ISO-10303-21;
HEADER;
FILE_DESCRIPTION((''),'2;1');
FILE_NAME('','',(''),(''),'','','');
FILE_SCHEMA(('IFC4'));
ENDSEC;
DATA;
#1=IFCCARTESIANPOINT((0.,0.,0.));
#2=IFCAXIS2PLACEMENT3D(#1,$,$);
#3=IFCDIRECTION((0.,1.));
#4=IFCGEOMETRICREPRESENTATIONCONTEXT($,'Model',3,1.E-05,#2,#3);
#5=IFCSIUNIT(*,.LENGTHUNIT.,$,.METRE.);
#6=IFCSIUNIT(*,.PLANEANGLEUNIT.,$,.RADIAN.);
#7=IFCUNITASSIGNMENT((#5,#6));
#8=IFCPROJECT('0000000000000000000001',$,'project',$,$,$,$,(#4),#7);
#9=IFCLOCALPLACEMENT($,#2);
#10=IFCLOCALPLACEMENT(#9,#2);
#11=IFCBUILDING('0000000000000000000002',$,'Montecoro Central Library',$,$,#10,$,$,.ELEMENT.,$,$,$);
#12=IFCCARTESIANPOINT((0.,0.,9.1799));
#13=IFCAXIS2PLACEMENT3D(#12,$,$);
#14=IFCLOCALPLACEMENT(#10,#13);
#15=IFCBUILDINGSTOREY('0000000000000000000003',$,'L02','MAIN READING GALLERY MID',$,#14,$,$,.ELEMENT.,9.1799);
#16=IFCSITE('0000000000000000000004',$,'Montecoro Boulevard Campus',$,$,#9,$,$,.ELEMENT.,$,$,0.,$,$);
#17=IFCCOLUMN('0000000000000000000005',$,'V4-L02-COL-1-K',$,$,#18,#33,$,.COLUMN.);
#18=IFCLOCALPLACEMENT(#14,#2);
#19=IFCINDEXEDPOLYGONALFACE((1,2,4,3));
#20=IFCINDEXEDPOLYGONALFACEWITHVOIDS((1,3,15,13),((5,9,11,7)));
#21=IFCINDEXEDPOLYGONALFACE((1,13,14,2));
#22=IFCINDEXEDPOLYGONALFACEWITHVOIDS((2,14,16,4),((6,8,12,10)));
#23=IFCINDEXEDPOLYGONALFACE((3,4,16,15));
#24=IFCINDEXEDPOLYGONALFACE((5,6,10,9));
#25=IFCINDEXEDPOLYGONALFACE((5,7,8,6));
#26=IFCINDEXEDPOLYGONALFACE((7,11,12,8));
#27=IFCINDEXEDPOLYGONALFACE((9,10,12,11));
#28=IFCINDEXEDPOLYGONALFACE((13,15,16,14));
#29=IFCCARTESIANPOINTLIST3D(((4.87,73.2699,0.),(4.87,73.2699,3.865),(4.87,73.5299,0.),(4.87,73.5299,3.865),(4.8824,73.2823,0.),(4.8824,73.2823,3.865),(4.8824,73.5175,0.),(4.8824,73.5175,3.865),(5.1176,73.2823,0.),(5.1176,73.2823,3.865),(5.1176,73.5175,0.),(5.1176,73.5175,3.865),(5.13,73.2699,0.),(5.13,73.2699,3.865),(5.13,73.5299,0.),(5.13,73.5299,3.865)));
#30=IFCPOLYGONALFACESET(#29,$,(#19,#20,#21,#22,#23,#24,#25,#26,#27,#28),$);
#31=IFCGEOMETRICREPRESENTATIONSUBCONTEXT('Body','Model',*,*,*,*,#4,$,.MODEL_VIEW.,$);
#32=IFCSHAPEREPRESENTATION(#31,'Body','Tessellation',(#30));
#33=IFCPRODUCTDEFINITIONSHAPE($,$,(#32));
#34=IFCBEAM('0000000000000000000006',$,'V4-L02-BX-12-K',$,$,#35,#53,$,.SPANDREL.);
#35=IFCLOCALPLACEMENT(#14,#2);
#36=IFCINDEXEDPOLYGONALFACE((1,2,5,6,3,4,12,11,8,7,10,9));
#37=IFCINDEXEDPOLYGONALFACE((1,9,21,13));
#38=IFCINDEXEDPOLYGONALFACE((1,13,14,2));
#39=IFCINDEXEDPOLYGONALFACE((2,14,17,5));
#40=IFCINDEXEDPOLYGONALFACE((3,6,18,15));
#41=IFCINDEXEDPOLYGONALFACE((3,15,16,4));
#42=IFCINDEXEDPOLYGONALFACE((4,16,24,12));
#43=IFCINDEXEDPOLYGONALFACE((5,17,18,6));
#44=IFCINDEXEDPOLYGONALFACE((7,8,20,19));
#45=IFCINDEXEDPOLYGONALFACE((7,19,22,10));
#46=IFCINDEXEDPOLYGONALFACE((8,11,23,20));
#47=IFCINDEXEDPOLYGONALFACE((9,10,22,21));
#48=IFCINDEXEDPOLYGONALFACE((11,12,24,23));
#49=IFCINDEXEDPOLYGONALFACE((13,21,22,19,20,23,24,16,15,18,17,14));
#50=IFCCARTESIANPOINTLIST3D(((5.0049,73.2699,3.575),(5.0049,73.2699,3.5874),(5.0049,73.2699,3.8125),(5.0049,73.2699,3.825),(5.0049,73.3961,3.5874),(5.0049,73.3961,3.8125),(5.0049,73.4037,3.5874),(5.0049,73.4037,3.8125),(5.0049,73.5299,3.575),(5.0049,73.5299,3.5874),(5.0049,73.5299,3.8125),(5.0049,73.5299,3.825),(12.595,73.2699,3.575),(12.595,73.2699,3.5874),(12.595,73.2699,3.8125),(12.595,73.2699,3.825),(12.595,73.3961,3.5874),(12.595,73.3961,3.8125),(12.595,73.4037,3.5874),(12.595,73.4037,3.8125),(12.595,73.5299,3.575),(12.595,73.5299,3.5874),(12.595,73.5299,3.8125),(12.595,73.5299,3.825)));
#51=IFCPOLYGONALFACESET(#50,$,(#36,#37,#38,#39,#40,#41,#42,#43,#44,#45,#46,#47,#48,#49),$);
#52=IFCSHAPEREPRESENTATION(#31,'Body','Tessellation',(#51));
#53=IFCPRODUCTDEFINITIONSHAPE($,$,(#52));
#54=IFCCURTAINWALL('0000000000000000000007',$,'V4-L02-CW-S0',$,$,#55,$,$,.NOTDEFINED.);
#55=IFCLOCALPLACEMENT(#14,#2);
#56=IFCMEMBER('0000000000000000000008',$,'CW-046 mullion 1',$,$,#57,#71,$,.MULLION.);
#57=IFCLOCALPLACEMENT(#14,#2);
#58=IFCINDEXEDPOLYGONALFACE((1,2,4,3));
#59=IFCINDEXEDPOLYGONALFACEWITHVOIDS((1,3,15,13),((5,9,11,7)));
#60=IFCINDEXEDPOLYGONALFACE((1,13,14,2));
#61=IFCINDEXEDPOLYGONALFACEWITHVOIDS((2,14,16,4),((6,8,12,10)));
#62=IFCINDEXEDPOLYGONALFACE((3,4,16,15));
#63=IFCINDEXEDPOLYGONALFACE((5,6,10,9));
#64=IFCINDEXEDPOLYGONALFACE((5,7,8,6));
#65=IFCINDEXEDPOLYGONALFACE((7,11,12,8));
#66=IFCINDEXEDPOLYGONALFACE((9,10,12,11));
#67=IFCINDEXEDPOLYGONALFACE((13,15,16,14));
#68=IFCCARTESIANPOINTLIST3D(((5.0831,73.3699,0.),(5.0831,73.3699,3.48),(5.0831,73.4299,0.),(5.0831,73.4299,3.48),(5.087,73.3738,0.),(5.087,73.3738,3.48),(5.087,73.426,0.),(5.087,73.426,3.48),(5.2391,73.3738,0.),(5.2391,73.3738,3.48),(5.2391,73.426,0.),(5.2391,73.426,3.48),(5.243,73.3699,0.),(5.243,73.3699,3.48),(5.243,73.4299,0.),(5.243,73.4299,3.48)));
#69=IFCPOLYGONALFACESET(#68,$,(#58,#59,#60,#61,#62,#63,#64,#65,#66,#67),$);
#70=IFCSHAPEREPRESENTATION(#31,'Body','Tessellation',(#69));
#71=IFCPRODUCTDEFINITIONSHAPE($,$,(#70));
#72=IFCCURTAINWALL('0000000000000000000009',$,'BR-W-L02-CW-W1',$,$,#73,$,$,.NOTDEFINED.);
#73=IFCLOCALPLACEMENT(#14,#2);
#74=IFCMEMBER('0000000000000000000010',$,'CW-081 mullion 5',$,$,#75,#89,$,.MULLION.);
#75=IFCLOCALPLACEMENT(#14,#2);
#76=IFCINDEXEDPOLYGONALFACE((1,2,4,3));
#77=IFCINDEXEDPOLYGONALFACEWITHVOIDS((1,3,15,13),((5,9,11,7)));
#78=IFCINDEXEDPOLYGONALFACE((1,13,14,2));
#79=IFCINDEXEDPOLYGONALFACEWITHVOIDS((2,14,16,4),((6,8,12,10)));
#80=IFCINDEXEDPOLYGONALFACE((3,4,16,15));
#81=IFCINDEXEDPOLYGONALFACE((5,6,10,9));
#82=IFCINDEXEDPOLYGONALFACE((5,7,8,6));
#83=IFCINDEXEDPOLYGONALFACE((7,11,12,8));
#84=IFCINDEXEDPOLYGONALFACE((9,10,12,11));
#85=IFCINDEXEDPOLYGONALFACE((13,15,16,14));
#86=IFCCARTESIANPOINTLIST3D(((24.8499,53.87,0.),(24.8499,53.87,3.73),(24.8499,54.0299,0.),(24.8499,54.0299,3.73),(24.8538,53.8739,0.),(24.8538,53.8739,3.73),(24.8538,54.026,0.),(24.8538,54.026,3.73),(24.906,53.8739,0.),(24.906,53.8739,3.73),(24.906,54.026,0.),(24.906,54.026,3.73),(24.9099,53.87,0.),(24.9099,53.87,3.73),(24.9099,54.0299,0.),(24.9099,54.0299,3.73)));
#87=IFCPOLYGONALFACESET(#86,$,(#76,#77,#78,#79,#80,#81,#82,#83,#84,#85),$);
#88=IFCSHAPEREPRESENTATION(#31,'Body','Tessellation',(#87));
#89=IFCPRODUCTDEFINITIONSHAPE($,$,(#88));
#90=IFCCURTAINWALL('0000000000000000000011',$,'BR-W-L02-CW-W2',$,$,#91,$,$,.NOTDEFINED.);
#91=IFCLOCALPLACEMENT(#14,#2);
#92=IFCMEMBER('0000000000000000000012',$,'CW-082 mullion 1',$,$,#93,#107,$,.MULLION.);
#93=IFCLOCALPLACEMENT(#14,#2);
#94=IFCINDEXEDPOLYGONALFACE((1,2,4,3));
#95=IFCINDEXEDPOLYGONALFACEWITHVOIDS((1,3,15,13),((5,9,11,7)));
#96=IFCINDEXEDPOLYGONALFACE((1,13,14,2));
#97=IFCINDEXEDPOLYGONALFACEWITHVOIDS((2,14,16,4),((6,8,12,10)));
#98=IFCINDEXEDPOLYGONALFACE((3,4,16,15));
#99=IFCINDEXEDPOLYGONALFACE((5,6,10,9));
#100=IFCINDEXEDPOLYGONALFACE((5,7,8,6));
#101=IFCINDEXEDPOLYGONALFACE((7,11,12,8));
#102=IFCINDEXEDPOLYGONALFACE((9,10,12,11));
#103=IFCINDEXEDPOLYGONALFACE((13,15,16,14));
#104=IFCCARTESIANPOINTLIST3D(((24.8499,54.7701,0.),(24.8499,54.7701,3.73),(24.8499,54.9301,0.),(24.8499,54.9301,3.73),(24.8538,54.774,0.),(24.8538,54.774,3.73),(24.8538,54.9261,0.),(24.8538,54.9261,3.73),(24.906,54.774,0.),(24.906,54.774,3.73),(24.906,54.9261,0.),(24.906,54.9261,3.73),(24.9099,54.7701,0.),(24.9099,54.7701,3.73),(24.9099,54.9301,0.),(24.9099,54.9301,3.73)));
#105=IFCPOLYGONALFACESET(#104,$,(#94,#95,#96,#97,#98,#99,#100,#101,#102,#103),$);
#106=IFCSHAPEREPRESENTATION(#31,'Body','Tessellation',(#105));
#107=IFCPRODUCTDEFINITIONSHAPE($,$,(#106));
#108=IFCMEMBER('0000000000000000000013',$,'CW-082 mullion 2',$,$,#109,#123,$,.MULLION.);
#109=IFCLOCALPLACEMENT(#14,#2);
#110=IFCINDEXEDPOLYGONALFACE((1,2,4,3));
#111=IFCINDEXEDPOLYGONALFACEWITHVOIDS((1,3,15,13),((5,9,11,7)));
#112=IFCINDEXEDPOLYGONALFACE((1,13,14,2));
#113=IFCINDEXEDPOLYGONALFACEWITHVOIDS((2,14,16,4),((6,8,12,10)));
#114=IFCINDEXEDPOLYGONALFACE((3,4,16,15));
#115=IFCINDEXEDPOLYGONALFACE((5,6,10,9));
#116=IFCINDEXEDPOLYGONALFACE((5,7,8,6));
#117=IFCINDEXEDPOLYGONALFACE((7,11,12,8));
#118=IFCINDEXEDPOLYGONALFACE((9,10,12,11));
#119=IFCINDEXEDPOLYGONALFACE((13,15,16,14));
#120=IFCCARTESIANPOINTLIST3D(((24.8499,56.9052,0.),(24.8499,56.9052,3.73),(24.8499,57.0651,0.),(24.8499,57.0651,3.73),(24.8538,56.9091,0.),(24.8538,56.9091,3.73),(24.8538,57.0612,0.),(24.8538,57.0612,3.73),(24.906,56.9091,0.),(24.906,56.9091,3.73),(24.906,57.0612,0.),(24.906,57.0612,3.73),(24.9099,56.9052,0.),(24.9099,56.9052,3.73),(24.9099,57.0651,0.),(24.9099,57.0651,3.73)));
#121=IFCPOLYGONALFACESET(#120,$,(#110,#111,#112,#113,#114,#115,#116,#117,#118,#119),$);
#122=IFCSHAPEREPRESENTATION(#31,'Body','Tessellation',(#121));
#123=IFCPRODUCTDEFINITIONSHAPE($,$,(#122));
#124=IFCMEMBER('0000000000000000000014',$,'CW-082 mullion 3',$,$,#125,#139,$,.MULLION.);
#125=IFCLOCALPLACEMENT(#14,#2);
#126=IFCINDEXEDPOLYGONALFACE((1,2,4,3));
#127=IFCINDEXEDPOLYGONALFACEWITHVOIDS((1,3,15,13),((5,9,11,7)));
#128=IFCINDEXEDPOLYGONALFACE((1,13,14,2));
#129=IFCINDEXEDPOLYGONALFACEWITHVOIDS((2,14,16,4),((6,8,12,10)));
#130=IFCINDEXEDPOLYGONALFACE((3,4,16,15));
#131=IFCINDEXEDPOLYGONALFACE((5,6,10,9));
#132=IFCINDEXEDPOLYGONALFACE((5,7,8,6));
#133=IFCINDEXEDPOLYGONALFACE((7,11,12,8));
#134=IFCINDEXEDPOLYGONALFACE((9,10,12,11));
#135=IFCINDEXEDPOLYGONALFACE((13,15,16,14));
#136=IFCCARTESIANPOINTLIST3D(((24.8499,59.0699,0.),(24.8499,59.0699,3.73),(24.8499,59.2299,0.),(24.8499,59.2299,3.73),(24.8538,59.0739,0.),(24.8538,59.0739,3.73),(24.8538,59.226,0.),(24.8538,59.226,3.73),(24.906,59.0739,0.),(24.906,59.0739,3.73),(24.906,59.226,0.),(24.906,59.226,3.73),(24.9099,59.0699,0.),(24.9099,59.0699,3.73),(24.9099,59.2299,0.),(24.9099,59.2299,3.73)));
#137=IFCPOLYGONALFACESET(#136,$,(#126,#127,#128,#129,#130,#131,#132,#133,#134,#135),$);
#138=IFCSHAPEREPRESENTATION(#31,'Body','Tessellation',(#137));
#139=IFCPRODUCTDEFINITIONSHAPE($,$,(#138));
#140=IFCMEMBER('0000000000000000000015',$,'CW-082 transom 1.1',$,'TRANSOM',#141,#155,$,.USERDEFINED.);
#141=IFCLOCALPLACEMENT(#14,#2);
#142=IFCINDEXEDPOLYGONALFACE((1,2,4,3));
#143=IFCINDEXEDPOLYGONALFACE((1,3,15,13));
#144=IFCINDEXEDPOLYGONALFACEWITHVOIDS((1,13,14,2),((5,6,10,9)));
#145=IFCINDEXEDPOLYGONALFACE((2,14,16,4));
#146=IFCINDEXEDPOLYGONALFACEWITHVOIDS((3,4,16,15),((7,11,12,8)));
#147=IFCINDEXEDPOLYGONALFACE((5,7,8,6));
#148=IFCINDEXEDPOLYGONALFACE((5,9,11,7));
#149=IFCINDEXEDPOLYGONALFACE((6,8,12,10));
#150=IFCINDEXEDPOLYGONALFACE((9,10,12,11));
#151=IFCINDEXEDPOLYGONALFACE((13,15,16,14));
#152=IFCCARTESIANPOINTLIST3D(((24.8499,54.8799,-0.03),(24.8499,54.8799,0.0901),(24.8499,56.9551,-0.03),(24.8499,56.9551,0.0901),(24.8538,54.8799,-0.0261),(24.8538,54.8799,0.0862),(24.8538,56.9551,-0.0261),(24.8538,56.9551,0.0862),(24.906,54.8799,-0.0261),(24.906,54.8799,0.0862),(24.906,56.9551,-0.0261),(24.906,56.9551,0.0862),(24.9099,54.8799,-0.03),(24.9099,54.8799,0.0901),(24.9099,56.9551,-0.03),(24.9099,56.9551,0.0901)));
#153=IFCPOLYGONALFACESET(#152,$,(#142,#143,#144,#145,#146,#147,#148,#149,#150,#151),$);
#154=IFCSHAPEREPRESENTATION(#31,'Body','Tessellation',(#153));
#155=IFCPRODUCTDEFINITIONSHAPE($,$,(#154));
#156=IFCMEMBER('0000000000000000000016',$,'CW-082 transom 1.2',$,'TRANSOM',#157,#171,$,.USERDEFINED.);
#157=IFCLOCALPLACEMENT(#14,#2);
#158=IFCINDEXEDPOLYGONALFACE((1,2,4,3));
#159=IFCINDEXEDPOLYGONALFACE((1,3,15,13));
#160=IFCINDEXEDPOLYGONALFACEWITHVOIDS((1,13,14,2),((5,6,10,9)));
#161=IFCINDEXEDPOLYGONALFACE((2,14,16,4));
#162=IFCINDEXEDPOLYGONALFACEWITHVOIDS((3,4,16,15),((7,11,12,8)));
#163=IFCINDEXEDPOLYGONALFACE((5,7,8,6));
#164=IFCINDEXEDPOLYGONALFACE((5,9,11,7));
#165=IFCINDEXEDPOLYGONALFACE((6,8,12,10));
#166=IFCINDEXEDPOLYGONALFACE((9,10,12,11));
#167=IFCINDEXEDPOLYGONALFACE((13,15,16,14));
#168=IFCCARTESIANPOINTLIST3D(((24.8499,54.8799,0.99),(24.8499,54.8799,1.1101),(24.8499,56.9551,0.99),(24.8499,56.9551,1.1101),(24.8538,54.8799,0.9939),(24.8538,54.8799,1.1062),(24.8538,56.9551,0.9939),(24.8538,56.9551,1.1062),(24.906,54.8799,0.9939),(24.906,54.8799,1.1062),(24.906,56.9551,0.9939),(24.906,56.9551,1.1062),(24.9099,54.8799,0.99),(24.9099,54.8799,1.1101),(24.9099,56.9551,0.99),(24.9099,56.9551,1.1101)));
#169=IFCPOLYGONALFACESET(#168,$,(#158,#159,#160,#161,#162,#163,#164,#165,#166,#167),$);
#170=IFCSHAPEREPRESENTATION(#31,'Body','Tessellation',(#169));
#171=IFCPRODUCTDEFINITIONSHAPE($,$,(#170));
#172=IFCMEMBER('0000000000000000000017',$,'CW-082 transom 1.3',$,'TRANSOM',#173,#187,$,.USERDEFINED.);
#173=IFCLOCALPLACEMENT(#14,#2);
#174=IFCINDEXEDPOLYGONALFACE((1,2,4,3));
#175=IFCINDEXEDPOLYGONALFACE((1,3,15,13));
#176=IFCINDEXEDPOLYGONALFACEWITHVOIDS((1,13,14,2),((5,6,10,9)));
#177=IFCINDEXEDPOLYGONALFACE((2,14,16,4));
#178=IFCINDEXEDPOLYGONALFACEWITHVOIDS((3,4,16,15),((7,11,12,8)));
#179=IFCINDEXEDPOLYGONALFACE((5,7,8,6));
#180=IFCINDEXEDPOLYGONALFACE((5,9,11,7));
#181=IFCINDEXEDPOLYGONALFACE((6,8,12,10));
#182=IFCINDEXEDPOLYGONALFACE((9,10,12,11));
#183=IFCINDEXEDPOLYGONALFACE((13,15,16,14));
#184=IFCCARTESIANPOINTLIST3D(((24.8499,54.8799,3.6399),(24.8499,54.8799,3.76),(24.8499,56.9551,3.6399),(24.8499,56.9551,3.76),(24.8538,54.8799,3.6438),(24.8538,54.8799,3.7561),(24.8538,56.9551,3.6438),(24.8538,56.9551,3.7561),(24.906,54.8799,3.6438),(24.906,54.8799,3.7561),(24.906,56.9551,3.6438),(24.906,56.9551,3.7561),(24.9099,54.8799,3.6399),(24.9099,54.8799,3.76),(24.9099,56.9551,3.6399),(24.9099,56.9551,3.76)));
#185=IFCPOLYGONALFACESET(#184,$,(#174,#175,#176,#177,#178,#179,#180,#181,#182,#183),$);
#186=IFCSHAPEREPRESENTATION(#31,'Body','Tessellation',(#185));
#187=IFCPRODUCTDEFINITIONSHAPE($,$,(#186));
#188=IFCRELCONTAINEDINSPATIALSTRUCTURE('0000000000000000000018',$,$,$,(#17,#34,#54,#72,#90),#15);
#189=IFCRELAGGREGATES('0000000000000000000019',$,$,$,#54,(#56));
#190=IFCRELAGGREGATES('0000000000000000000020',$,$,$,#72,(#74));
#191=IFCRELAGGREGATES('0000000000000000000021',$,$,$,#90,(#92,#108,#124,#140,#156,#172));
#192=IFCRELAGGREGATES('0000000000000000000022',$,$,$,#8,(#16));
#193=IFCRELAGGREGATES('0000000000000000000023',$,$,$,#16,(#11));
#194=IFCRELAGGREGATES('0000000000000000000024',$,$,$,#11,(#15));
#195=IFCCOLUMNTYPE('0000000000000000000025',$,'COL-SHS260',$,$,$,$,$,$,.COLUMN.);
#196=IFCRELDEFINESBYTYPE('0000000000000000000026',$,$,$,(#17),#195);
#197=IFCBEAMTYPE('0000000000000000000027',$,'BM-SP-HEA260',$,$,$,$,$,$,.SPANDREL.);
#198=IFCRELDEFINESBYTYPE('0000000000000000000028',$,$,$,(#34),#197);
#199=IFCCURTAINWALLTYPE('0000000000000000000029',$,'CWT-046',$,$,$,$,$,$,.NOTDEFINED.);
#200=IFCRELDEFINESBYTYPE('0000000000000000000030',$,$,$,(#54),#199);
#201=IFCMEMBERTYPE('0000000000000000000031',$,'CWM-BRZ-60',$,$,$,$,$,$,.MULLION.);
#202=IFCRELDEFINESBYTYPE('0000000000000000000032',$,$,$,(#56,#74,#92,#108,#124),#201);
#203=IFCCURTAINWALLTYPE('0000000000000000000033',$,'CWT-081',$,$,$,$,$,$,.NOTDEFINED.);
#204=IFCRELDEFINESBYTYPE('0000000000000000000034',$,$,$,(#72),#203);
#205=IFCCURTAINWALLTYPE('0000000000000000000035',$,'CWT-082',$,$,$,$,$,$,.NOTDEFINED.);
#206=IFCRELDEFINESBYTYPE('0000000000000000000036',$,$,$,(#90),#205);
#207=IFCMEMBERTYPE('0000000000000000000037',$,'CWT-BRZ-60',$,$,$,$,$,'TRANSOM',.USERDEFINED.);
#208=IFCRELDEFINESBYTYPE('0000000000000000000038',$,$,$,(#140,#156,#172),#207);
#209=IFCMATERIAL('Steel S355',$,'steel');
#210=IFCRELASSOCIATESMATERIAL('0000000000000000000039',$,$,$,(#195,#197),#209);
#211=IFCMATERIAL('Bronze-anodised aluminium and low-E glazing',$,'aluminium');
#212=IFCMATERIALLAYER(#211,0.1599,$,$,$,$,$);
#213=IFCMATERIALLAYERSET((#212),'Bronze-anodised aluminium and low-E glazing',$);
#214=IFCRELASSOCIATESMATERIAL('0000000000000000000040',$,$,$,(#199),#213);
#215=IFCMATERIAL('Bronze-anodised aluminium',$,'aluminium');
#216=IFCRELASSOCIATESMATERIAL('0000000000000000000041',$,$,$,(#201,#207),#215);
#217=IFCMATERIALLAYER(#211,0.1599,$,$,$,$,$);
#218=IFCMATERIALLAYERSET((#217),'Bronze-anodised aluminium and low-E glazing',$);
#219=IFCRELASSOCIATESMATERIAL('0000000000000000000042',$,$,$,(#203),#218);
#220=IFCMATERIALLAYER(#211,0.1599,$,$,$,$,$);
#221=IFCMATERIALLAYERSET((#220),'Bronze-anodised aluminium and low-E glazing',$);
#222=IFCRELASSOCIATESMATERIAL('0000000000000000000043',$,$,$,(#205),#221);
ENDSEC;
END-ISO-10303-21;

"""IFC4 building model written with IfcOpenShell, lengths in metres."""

from ifc_helpers import new_model, si_unit, direction, frame, origin, origin_2d, place, context, subcontext, project, spatial, hollow_rectangle, i_section, extrude, material, layer, layer_set, material_profile, profile_set, type_object, element, aggregate, save


model = new_model("IFC4")

# Units and contexts
model_context = context("Model", 3, precision=1e-05, world=origin(), true_north=direction((0.0, 1.0)))
body_context = subcontext(model_context, "Body", "Model", "MODEL_VIEW")
ifc_project = project(units=[si_unit("LENGTHUNIT", "METRE"), si_unit("PLANEANGLEUNIT", "RADIAN")], contexts=[model_context])

# Site, building, storey
site_placement = place(None, origin())
site = spatial("IfcSite", under=ifc_project, at=site_placement, Name="Montecoro Boulevard Campus", CompositionType="ELEMENT", RefElevation=0.0)
building_placement = place(site_placement, origin())
building = spatial("IfcBuilding", under=site, at=building_placement, Name="Montecoro Central Library", CompositionType="ELEMENT")
storey_placement = place(building_placement, frame((0.0, 0.0, 9.1799)))
storey = spatial("IfcBuildingStorey", under=building, at=storey_placement, Name="L02", Description="MAIN READING GALLERY MID", CompositionType="ELEMENT", Elevation=9.1799)

# Column
ifc_material_1 = material(Name="Steel S355", Category="steel")
ifc_material_profile_1 = material_profile(ifc_material_1, hollow_rectangle(XDim=0.26, YDim=0.26, WallThickness=0.0125, at=origin_2d()), Name="SHS 260x260x12.5")
ifc_profile_set_1 = profile_set([ifc_material_profile_1], Name="Steel S355")
column_type = type_object("IfcColumnType", Name="COL-SHS260", PredefinedType="COLUMN", material=ifc_profile_set_1)
column_placement = place(storey_placement, frame((5.0, 73.3999, 0.0), z_axis=(0.0, 0.0, 1.0), x_axis=(1.0, 0.0, 0.0)))
element("IfcColumn", 1, at=column_placement, inside=storey, type_object=column_type, Name="V4-L02-COL-1-K", PredefinedType="COLUMN", context=body_context, shape_type="SweptSolid", body=[
    extrude(hollow_rectangle(XDim=0.26, YDim=0.26, WallThickness=0.0125, at=origin_2d()), origin(), (0.0, 0.0, 1.0), 3.865),
])

# Beam
ifc_material_profile_2 = material_profile(ifc_material_1, i_section(OverallWidth=0.26, OverallDepth=0.25, WebThickness=0.0076, FlangeThickness=0.0125, at=origin_2d()), Name="HEA 260")
ifc_profile_set_2 = profile_set([ifc_material_profile_2], Name="Steel S355")
beam_type = type_object("IfcBeamType", Name="BM-SP-HEA260", PredefinedType="SPANDREL", material=ifc_profile_set_2)
beam_placement = place(storey_placement, frame((5.0049, 73.3999, 3.7), z_axis=(1.0, 0.0, 0.0), x_axis=(0.0, 1.0, 0.0)))
element("IfcBeam", 2, at=beam_placement, inside=storey, type_object=beam_type, Name="V4-L02-BX-12-K", PredefinedType="SPANDREL", context=body_context, shape_type="SweptSolid", body=[
    extrude(i_section(OverallWidth=0.26, OverallDepth=0.25, WebThickness=0.0076, FlangeThickness=0.0125, at=origin_2d()), origin(), (0.0, 0.0, 1.0), 7.5901),
])

# Curtain walls, members
ifc_material_2 = material(Name="Bronze-anodised aluminium and low-E glazing", Category="aluminium")
ifc_layer_1 = layer(ifc_material_2, 0.1599)
ifc_layer_set_1 = layer_set([ifc_layer_1], Name="Bronze-anodised aluminium and low-E glazing")
curtain_wall_type_1 = type_object("IfcCurtainWallType", Name="CWT-046", PredefinedType="NOTDEFINED", material=ifc_layer_set_1)
curtain_wall_1_placement = place(storey_placement, origin())
curtain_wall_1 = element("IfcCurtainWall", 3, at=curtain_wall_1_placement, inside=storey, type_object=curtain_wall_type_1, Name="V4-L02-CW-S0", PredefinedType="NOTDEFINED")
ifc_material_3 = material(Name="Bronze-anodised aluminium", Category="aluminium")
ifc_material_profile_3 = material_profile(ifc_material_3, hollow_rectangle(XDim=0.0601, YDim=0.1599, WallThickness=0.0039, at=origin_2d()), Name="CWM 160x60x4.0")
ifc_profile_set_3 = profile_set([ifc_material_profile_3], Name="Bronze-anodised aluminium")
member_type_1 = type_object("IfcMemberType", Name="CWM-BRZ-60", PredefinedType="MULLION", material=ifc_profile_set_3)
member_1_placement = place(storey_placement, frame((5.1631, 73.3999, 0.0), z_axis=(0.0, 0.0, 1.0), x_axis=(0.0, 1.0, 0.0)))
member_1 = element("IfcMember", 4, at=member_1_placement, type_object=member_type_1, Name="CW-046 mullion 1", PredefinedType="MULLION", context=body_context, shape_type="SweptSolid", body=[
    extrude(hollow_rectangle(XDim=0.0601, YDim=0.1599, WallThickness=0.0039, at=origin_2d()), origin(), (0.0, 0.0, 1.0), 3.48),
])
aggregate(curtain_wall_1, [member_1])
ifc_layer_2 = layer(ifc_material_2, 0.1599)
ifc_layer_set_2 = layer_set([ifc_layer_2], Name="Bronze-anodised aluminium and low-E glazing")
curtain_wall_type_2 = type_object("IfcCurtainWallType", Name="CWT-081", PredefinedType="NOTDEFINED", material=ifc_layer_set_2)
curtain_wall_2_placement = place(storey_placement, origin())
curtain_wall_2 = element("IfcCurtainWall", 5, at=curtain_wall_2_placement, inside=storey, type_object=curtain_wall_type_2, Name="BR-W-L02-CW-W1", PredefinedType="NOTDEFINED")
member_2_placement = place(storey_placement, frame((24.8799, 53.95, 0.0), z_axis=(0.0, 0.0, 1.0), x_axis=(-1.0, 0.0, 0.0)))
member_2 = element("IfcMember", 6, at=member_2_placement, type_object=member_type_1, Name="CW-081 mullion 5", PredefinedType="MULLION", context=body_context, shape_type="SweptSolid", body=[
    extrude(hollow_rectangle(XDim=0.0601, YDim=0.1599, WallThickness=0.0039, at=origin_2d()), origin(), (0.0, 0.0, 1.0), 3.73),
])

# Curtain wall, members
ifc_layer_3 = layer(ifc_material_2, 0.1599)
ifc_layer_set_3 = layer_set([ifc_layer_3], Name="Bronze-anodised aluminium and low-E glazing")
curtain_wall_type_3 = type_object("IfcCurtainWallType", Name="CWT-082", PredefinedType="NOTDEFINED", material=ifc_layer_set_3)
curtain_wall_3_placement = place(storey_placement, origin())
curtain_wall_3 = element("IfcCurtainWall", 7, at=curtain_wall_3_placement, inside=storey, type_object=curtain_wall_type_3, Name="BR-W-L02-CW-W2", PredefinedType="NOTDEFINED")
member_3_placement = place(storey_placement, frame((24.8799, 54.8501, 0.0), z_axis=(0.0, 0.0, 1.0), x_axis=(-1.0, 0.0, 0.0)))
member_3 = element("IfcMember", 8, at=member_3_placement, type_object=member_type_1, Name="CW-082 mullion 1", PredefinedType="MULLION", context=body_context, shape_type="SweptSolid", body=[
    extrude(hollow_rectangle(XDim=0.0601, YDim=0.1599, WallThickness=0.0039, at=origin_2d()), origin(), (0.0, 0.0, 1.0), 3.73),
])
member_4_placement = place(storey_placement, frame((24.8799, 56.9851, 0.0), z_axis=(0.0, 0.0, 1.0), x_axis=(-1.0, 0.0, 0.0)))
member_4 = element("IfcMember", 9, at=member_4_placement, type_object=member_type_1, Name="CW-082 mullion 2", PredefinedType="MULLION", context=body_context, shape_type="SweptSolid", body=[
    extrude(hollow_rectangle(XDim=0.0601, YDim=0.1599, WallThickness=0.0039, at=origin_2d()), origin(), (0.0, 0.0, 1.0), 3.73),
])
member_5_placement = place(storey_placement, frame((24.8799, 59.1499, 0.0), z_axis=(0.0, 0.0, 1.0), x_axis=(-1.0, 0.0, 0.0)))
member_5 = element("IfcMember", 10, at=member_5_placement, type_object=member_type_1, Name="CW-082 mullion 3", PredefinedType="MULLION", context=body_context, shape_type="SweptSolid", body=[
    extrude(hollow_rectangle(XDim=0.0601, YDim=0.1599, WallThickness=0.0039, at=origin_2d()), origin(), (0.0, 0.0, 1.0), 3.73),
])
ifc_material_profile_4 = material_profile(ifc_material_3, hollow_rectangle(XDim=0.0601, YDim=0.1201, WallThickness=0.0039, at=origin_2d()), Name="CWT 120x60x4.0")
ifc_profile_set_4 = profile_set([ifc_material_profile_4], Name="Bronze-anodised aluminium")
member_type_2 = type_object("IfcMemberType", Name="CWT-BRZ-60", ElementType="TRANSOM", PredefinedType="USERDEFINED", material=ifc_profile_set_4)
member_6_placement = place(storey_placement, frame((24.8799, 54.8799, 0.03), z_axis=(0.0, 1.0, 0.0), x_axis=(-1.0, 0.0, 0.0)))
member_6 = element("IfcMember", 11, at=member_6_placement, type_object=member_type_2, Name="CW-082 transom 1.1", ObjectType="TRANSOM", PredefinedType="USERDEFINED", context=body_context, shape_type="SweptSolid", body=[
    extrude(hollow_rectangle(XDim=0.0601, YDim=0.1201, WallThickness=0.0039, at=origin_2d()), origin(), (0.0, 0.0, 1.0), 2.0752),
])
member_7_placement = place(storey_placement, frame((24.8799, 54.8799, 1.05), z_axis=(0.0, 1.0, 0.0), x_axis=(-1.0, 0.0, 0.0)))
member_7 = element("IfcMember", 12, at=member_7_placement, type_object=member_type_2, Name="CW-082 transom 1.2", ObjectType="TRANSOM", PredefinedType="USERDEFINED", context=body_context, shape_type="SweptSolid", body=[
    extrude(hollow_rectangle(XDim=0.0601, YDim=0.1201, WallThickness=0.0039, at=origin_2d()), origin(), (0.0, 0.0, 1.0), 2.0752),
])
member_8_placement = place(storey_placement, frame((24.8799, 54.8799, 3.7), z_axis=(0.0, 1.0, 0.0), x_axis=(-1.0, 0.0, 0.0)))
member_8 = element("IfcMember", 13, at=member_8_placement, type_object=member_type_2, Name="CW-082 transom 1.3", ObjectType="TRANSOM", PredefinedType="USERDEFINED", context=body_context, shape_type="SweptSolid", body=[
    extrude(hollow_rectangle(XDim=0.0601, YDim=0.1201, WallThickness=0.0039, at=origin_2d()), origin(), (0.0, 0.0, 1.0), 2.0752),
])

aggregate(curtain_wall_2, [member_2])
aggregate(curtain_wall_3, [member_3, member_4, member_5, member_6, member_7, member_8])

save(model, "model.ifc")
